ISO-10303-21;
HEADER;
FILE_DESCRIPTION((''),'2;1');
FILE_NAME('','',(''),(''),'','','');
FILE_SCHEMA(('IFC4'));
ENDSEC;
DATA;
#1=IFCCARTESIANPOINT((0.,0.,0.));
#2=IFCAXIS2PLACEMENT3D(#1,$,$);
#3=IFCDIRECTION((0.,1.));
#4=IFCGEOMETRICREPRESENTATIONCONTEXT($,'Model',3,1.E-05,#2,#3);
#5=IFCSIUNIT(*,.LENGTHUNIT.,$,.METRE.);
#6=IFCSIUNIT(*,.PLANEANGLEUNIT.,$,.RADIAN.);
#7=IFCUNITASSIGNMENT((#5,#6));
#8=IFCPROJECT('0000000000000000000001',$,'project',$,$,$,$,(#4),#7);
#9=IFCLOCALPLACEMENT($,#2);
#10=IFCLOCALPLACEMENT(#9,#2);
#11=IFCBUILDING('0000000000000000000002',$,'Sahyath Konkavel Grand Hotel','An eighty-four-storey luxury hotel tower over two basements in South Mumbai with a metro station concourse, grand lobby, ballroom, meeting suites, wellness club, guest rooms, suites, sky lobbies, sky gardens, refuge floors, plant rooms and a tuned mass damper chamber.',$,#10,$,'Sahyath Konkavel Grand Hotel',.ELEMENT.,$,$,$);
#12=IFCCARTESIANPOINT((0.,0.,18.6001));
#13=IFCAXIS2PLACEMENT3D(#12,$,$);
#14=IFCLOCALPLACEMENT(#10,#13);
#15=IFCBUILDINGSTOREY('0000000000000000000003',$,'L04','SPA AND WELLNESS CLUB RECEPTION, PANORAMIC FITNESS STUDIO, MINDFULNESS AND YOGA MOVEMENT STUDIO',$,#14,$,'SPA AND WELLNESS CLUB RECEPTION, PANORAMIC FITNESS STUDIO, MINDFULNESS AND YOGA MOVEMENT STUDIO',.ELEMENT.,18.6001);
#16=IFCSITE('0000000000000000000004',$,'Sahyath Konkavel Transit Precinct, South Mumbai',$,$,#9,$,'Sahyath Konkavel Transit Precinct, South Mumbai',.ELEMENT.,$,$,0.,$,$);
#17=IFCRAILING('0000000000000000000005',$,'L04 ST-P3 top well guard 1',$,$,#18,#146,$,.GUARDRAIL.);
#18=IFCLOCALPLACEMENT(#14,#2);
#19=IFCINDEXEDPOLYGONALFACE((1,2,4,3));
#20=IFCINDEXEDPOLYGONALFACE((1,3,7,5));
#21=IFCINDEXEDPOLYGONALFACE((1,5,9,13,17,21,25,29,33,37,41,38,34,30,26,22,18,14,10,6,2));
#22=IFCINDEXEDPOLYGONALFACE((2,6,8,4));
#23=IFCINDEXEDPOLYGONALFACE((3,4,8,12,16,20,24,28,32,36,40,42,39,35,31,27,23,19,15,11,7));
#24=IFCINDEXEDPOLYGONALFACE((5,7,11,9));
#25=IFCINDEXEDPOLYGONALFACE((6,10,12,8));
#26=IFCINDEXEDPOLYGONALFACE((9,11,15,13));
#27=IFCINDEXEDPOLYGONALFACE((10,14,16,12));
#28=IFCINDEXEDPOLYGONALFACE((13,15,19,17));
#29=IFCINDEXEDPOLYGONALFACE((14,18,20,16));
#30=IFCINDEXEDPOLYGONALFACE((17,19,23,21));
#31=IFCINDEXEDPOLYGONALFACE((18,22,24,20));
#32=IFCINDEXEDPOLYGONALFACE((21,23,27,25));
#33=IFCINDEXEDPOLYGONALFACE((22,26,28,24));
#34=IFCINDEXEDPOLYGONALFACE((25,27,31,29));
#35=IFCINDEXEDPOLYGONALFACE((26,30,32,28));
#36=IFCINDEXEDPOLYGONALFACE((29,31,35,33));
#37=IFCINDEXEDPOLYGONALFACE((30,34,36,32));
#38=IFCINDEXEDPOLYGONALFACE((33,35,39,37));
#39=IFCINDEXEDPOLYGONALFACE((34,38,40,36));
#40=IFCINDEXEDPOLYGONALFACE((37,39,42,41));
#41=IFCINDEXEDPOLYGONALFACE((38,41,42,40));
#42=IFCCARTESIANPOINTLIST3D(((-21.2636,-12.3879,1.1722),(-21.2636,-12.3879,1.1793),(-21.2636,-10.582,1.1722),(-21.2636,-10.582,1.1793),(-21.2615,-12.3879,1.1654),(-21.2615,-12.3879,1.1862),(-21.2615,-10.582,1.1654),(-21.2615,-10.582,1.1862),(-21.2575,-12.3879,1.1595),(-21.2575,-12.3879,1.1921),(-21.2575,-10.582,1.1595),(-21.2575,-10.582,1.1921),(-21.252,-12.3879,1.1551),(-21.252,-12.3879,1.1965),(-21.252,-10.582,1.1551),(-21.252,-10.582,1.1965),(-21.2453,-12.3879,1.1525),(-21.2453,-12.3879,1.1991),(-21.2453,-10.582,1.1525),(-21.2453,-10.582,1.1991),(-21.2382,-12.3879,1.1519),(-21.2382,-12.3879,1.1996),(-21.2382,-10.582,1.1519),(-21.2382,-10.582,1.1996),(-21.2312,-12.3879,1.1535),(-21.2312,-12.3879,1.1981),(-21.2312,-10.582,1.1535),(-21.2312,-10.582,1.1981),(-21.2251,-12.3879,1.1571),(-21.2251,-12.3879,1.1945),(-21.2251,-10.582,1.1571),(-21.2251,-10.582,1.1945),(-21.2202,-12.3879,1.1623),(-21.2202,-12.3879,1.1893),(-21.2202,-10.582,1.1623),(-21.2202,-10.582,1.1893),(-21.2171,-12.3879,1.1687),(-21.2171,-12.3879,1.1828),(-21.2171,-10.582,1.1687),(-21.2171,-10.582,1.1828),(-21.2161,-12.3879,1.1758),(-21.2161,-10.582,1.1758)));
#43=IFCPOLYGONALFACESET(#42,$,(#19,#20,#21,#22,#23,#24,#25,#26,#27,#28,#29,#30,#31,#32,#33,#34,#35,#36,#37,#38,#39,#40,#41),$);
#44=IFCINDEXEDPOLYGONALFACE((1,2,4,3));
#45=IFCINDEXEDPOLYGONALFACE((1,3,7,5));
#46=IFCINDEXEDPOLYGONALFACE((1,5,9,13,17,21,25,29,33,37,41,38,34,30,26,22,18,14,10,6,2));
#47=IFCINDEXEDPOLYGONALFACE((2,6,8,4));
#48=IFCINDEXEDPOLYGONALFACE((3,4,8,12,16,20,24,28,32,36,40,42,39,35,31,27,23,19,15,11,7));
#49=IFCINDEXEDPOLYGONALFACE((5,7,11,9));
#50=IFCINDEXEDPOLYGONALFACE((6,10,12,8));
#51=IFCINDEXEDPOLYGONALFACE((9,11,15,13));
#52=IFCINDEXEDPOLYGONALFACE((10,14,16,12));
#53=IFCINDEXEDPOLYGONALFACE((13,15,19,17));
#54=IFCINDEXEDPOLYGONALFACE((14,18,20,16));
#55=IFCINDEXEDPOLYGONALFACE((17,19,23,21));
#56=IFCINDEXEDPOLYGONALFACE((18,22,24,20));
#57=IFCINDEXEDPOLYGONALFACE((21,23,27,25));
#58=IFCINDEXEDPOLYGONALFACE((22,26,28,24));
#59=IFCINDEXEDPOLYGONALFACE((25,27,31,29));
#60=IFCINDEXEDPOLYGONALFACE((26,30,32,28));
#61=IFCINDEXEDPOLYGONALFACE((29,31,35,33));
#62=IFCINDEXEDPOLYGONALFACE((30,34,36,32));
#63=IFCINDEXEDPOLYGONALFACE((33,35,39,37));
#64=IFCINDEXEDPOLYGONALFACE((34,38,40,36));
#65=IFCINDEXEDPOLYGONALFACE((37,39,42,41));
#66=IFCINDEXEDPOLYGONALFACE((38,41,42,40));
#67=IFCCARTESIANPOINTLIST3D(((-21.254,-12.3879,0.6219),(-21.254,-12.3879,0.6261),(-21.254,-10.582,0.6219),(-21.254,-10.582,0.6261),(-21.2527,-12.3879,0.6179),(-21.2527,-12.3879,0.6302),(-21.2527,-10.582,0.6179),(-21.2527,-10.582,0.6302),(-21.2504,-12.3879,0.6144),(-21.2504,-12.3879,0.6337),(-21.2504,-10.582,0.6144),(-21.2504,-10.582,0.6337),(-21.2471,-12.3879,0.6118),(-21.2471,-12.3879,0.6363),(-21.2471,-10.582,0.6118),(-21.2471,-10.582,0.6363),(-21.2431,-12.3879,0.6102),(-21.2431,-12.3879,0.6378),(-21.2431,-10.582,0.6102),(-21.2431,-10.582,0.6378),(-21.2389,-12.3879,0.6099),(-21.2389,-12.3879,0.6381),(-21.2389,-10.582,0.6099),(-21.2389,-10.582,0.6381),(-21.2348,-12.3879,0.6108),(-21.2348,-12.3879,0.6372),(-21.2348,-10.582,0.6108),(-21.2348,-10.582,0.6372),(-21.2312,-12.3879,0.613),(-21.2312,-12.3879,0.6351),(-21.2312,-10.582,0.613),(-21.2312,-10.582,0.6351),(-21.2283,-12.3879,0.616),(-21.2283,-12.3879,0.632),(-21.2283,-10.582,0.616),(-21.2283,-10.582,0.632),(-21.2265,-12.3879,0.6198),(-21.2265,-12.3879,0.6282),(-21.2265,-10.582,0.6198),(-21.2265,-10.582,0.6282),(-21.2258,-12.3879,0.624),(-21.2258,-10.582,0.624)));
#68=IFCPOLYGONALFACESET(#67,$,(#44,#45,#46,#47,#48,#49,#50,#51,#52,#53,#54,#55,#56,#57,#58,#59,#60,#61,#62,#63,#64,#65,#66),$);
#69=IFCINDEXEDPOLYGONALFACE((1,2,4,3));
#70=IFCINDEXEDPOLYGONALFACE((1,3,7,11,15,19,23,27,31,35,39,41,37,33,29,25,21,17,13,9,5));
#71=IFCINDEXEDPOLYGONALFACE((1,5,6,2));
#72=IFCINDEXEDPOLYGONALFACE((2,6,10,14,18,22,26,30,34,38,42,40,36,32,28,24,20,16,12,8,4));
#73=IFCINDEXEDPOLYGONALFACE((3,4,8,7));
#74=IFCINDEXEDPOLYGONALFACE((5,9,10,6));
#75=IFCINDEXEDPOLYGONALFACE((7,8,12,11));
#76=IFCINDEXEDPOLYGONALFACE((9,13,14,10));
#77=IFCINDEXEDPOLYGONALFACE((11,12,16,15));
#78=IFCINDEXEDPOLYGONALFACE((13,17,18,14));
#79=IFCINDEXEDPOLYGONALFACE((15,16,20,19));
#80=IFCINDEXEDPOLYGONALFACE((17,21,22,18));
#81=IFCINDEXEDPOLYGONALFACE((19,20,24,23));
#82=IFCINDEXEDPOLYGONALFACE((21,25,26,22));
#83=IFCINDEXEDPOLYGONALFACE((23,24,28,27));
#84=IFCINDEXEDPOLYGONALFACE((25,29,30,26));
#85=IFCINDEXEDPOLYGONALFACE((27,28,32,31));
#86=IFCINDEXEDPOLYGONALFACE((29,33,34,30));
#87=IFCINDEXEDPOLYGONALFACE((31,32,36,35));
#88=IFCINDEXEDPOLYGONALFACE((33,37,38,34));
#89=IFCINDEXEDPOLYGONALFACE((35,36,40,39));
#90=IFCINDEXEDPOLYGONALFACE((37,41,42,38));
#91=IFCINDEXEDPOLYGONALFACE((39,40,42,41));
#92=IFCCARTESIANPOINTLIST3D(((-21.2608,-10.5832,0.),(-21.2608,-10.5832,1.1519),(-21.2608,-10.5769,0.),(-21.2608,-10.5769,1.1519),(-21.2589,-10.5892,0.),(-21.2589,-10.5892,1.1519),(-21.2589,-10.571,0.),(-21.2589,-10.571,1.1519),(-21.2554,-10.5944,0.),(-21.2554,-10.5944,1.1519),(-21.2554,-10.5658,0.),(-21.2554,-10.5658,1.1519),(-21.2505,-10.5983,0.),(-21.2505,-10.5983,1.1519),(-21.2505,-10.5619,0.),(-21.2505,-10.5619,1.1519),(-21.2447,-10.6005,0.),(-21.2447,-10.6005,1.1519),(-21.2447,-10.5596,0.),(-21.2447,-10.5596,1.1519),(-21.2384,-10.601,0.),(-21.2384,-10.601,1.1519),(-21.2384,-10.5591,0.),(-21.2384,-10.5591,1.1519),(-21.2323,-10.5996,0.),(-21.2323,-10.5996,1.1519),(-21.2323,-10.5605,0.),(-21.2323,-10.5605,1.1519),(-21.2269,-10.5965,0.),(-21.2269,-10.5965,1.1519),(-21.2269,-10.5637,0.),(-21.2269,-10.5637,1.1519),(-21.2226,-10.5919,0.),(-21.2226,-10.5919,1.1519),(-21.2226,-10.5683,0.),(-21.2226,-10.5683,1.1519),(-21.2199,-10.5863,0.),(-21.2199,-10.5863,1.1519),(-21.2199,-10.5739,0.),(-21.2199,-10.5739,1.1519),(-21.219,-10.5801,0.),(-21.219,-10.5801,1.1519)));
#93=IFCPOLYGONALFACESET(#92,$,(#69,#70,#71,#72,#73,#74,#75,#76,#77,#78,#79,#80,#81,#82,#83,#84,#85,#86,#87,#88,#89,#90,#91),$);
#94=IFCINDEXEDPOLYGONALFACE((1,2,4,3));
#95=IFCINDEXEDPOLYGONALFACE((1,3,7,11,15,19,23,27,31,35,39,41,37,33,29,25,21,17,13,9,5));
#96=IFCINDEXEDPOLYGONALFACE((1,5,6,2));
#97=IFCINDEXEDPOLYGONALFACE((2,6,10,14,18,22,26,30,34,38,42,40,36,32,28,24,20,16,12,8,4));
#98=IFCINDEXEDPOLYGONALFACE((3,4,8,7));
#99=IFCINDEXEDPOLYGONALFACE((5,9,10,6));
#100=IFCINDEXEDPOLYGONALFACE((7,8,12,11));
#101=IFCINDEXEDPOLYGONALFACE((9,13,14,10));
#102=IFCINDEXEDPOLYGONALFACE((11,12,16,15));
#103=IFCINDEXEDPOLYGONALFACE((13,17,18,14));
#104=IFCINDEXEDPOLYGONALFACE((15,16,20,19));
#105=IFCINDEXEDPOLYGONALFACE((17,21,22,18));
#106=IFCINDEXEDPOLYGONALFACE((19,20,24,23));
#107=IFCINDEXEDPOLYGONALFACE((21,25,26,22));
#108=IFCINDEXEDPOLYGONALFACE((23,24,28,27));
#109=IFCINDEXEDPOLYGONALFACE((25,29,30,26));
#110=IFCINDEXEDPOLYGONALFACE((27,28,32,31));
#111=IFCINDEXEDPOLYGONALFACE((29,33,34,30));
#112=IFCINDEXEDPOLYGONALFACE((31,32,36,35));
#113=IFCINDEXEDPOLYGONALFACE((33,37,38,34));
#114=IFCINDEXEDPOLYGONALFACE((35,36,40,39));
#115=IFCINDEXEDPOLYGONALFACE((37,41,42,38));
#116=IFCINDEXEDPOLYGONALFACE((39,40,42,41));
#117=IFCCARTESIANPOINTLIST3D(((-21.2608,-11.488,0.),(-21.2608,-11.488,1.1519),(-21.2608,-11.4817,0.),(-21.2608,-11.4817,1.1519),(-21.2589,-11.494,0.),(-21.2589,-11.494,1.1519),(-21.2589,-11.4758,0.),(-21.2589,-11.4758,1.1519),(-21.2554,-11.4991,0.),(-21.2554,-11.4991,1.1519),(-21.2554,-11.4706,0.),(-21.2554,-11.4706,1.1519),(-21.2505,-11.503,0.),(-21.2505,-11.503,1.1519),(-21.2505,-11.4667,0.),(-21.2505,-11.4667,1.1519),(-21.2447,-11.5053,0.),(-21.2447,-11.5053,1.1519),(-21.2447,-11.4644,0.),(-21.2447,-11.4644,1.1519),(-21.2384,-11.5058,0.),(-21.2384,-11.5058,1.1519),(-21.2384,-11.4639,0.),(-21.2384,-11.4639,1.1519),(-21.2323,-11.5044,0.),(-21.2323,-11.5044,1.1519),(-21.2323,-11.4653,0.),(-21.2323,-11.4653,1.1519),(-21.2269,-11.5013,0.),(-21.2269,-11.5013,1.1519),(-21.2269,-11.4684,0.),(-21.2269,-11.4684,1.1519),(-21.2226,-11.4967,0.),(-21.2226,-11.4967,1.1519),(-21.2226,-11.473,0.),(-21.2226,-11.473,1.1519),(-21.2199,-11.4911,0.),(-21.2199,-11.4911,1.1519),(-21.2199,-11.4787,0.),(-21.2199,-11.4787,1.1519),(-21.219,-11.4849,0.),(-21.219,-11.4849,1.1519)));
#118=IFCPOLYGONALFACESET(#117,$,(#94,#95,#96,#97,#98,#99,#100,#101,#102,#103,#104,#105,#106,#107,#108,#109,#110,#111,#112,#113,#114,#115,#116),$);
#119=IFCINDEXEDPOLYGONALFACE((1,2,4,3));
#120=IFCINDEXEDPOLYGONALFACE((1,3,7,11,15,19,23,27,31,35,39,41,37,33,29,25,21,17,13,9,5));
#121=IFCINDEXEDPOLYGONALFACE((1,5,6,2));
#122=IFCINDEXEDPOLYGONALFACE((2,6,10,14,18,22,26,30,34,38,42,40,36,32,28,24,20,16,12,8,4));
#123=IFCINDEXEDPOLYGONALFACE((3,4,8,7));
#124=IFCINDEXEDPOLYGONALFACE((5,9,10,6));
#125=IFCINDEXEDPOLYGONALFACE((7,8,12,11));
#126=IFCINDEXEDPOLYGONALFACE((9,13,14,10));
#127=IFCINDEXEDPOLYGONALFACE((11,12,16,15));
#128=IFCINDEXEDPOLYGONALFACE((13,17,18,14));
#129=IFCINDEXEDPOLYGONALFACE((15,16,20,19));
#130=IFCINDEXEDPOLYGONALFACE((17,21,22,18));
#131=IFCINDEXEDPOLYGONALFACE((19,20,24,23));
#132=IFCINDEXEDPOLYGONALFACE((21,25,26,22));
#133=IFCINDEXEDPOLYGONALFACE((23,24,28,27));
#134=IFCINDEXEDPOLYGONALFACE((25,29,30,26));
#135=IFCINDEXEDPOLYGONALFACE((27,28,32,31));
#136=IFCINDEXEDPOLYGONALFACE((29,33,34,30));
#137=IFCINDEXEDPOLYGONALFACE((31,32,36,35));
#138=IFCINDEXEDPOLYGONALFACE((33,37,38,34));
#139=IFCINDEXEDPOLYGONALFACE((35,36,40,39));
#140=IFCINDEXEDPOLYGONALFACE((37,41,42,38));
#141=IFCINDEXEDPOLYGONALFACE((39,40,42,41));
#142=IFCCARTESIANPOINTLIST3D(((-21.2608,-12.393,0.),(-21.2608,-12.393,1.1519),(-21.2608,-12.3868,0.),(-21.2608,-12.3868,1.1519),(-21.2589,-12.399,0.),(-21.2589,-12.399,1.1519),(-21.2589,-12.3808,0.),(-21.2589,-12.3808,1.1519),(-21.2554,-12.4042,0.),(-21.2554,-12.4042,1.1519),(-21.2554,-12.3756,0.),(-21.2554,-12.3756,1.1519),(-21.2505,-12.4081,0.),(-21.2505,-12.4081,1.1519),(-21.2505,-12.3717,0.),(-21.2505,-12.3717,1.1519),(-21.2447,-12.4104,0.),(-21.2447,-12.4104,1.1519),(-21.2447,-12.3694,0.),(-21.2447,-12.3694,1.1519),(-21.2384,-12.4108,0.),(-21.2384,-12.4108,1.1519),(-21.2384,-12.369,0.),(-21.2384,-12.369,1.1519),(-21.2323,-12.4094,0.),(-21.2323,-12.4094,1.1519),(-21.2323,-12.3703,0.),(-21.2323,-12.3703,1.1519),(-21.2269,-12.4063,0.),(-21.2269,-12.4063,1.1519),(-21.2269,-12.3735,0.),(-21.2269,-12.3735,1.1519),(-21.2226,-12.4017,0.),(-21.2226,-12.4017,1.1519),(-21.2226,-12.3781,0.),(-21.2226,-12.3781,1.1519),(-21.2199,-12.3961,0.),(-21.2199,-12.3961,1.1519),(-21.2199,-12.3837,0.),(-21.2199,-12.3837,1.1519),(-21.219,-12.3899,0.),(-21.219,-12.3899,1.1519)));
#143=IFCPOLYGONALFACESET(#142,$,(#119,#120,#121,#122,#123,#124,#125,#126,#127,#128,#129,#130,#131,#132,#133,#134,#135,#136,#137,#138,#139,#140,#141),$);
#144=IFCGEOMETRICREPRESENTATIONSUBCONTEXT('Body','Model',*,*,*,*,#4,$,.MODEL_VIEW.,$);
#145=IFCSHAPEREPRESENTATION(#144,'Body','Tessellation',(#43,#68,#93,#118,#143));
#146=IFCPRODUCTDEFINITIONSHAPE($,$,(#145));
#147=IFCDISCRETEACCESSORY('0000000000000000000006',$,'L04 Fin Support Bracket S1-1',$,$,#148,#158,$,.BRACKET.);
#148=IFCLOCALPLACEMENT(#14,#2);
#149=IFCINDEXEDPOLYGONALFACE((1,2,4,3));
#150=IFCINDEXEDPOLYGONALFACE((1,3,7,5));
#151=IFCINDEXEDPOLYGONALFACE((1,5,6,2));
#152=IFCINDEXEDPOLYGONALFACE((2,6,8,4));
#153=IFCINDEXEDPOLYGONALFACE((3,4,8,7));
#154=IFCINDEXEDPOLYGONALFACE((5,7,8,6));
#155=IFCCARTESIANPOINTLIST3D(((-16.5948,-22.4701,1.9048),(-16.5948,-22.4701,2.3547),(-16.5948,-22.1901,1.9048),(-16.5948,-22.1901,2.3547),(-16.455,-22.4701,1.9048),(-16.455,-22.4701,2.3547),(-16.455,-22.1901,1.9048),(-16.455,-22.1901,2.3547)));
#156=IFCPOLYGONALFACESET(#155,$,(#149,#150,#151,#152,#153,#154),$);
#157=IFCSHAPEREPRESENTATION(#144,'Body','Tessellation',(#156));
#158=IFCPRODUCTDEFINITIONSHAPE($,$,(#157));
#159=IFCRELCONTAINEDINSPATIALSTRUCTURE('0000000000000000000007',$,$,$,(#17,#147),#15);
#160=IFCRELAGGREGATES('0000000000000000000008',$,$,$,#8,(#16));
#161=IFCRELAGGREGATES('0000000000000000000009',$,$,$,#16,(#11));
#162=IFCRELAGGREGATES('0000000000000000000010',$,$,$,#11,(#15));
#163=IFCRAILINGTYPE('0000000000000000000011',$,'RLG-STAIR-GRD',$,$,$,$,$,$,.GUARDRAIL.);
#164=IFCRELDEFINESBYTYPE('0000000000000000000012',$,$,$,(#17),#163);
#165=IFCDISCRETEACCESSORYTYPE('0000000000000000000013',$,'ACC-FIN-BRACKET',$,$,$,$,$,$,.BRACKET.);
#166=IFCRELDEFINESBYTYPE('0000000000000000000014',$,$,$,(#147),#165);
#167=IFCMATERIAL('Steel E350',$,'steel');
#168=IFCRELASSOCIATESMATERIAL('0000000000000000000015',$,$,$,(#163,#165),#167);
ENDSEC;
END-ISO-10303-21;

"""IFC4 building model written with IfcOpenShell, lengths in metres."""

from ifc_helpers import new_model, si_unit, direction, frame, origin, origin_2d, place, context, subcontext, project, spatial, rectangle, circle, extrude, source, transform, mapped, material, type_object, element, save


model = new_model("IFC4")

# Units and contexts
model_context = context("Model", 3, precision=1e-05, world=origin(), true_north=direction((0.0, 1.0)))
body_context = subcontext(model_context, "Body", "Model", "MODEL_VIEW")
ifc_project = project(units=[si_unit("LENGTHUNIT", "METRE"), si_unit("PLANEANGLEUNIT", "RADIAN")], contexts=[model_context])

# Site, building, storey
site_placement = place(None, origin())
site = spatial("IfcSite", under=ifc_project, at=site_placement, Name="Sahyath Konkavel Transit Precinct, South Mumbai", LongName="Sahyath Konkavel Transit Precinct, South Mumbai", CompositionType="ELEMENT", RefElevation=0.0)
building_placement = place(site_placement, origin())
building = spatial("IfcBuilding", under=site, at=building_placement, Name="Sahyath Konkavel Grand Hotel", Description="An eighty-four-storey luxury hotel tower over two basements in South Mumbai with a metro station concourse, grand lobby, ballroom, meeting suites, wellness club, guest rooms, suites, sky lobbies, sky gardens, refuge floors, plant rooms and a tuned mass damper chamber.", LongName="Sahyath Konkavel Grand Hotel", CompositionType="ELEMENT")
storey_placement = place(building_placement, frame((0.0, 0.0, 18.6001)))
storey = spatial("IfcBuildingStorey", under=building, at=storey_placement, Name="L04", Description="SPA AND WELLNESS CLUB RECEPTION, PANORAMIC FITNESS STUDIO, MINDFULNESS AND YOGA MOVEMENT STUDIO", LongName="SPA AND WELLNESS CLUB RECEPTION, PANORAMIC FITNESS STUDIO, MINDFULNESS AND YOGA MOVEMENT STUDIO", CompositionType="ELEMENT", Elevation=18.6001)

# Shared definitions
ifc_material_1 = material(Name="Steel E350", Category="steel")

# Railing
railing_type = type_object("IfcRailingType", Name="RLG-STAIR-GRD", PredefinedType="GUARDRAIL", material=ifc_material_1)
railing_placement = place(storey_placement, frame((-21.24, -10.5801, 0.0)))
element("IfcRailing", 1, at=railing_placement, inside=storey, type_object=railing_type, Name="L04 ST-P3 top well guard 1", PredefinedType="GUARDRAIL", context=body_context, shape_type="SweptSolid", body=[
    extrude(circle(Radius=0.0239, at=origin_2d()), frame((0.0, -0.002, 1.1758), z_axis=(0.0, -1.0, 0.0), x_axis=(1.0, 0.0, 0.0)), (0.0, 0.0, 1.0), 1.8059),
    extrude(circle(Radius=0.0142, at=origin_2d()), frame((0.0, -0.002, 0.624), z_axis=(0.0, -1.0, 0.0), x_axis=(1.0, 0.0, 0.0)), (0.0, 0.0, 1.0), 1.8059),
    extrude(circle(Radius=0.021, at=origin_2d()), origin(), (0.0, 0.0, 1.0), 1.1519),
    extrude(circle(Radius=0.021, at=origin_2d()), frame((0.0, -0.9048, 0.0)), (0.0, 0.0, 1.0), 1.1519),
    extrude(circle(Radius=0.021, at=origin_2d()), frame((0.0, -1.8098, 0.0)), (0.0, 0.0, 1.0), 1.1519),
])

# Discrete accessory
discrete_accessory_type = type_object("IfcDiscreteAccessoryType", Name="ACC-FIN-BRACKET", PredefinedType="BRACKET", material=ifc_material_1)
shared_shape_1 = source(origin(), body_context, "Body", "SweptSolid", [
    extrude(rectangle(XDim=0.28, YDim=0.1399, at=origin_2d()), origin(), (0.0, 0.0, 1.0), 0.45),
])
discrete_accessory_placement = place(storey_placement, frame((-16.5249, -22.3301, 1.9048), z_axis=(0.0, 0.0, 1.0), x_axis=(0.0, -1.0, 0.0)))
element("IfcDiscreteAccessory", 2, at=discrete_accessory_placement, inside=storey, type_object=discrete_accessory_type, Name="L04 Fin Support Bracket S1-1", PredefinedType="BRACKET", context=body_context, shape_type="MappedRepresentation", body=[
    mapped(shared_shape_1, transform((0.0, 0.0, 0.0), scale=1.0)),
])

save(model, "model.ifc")
